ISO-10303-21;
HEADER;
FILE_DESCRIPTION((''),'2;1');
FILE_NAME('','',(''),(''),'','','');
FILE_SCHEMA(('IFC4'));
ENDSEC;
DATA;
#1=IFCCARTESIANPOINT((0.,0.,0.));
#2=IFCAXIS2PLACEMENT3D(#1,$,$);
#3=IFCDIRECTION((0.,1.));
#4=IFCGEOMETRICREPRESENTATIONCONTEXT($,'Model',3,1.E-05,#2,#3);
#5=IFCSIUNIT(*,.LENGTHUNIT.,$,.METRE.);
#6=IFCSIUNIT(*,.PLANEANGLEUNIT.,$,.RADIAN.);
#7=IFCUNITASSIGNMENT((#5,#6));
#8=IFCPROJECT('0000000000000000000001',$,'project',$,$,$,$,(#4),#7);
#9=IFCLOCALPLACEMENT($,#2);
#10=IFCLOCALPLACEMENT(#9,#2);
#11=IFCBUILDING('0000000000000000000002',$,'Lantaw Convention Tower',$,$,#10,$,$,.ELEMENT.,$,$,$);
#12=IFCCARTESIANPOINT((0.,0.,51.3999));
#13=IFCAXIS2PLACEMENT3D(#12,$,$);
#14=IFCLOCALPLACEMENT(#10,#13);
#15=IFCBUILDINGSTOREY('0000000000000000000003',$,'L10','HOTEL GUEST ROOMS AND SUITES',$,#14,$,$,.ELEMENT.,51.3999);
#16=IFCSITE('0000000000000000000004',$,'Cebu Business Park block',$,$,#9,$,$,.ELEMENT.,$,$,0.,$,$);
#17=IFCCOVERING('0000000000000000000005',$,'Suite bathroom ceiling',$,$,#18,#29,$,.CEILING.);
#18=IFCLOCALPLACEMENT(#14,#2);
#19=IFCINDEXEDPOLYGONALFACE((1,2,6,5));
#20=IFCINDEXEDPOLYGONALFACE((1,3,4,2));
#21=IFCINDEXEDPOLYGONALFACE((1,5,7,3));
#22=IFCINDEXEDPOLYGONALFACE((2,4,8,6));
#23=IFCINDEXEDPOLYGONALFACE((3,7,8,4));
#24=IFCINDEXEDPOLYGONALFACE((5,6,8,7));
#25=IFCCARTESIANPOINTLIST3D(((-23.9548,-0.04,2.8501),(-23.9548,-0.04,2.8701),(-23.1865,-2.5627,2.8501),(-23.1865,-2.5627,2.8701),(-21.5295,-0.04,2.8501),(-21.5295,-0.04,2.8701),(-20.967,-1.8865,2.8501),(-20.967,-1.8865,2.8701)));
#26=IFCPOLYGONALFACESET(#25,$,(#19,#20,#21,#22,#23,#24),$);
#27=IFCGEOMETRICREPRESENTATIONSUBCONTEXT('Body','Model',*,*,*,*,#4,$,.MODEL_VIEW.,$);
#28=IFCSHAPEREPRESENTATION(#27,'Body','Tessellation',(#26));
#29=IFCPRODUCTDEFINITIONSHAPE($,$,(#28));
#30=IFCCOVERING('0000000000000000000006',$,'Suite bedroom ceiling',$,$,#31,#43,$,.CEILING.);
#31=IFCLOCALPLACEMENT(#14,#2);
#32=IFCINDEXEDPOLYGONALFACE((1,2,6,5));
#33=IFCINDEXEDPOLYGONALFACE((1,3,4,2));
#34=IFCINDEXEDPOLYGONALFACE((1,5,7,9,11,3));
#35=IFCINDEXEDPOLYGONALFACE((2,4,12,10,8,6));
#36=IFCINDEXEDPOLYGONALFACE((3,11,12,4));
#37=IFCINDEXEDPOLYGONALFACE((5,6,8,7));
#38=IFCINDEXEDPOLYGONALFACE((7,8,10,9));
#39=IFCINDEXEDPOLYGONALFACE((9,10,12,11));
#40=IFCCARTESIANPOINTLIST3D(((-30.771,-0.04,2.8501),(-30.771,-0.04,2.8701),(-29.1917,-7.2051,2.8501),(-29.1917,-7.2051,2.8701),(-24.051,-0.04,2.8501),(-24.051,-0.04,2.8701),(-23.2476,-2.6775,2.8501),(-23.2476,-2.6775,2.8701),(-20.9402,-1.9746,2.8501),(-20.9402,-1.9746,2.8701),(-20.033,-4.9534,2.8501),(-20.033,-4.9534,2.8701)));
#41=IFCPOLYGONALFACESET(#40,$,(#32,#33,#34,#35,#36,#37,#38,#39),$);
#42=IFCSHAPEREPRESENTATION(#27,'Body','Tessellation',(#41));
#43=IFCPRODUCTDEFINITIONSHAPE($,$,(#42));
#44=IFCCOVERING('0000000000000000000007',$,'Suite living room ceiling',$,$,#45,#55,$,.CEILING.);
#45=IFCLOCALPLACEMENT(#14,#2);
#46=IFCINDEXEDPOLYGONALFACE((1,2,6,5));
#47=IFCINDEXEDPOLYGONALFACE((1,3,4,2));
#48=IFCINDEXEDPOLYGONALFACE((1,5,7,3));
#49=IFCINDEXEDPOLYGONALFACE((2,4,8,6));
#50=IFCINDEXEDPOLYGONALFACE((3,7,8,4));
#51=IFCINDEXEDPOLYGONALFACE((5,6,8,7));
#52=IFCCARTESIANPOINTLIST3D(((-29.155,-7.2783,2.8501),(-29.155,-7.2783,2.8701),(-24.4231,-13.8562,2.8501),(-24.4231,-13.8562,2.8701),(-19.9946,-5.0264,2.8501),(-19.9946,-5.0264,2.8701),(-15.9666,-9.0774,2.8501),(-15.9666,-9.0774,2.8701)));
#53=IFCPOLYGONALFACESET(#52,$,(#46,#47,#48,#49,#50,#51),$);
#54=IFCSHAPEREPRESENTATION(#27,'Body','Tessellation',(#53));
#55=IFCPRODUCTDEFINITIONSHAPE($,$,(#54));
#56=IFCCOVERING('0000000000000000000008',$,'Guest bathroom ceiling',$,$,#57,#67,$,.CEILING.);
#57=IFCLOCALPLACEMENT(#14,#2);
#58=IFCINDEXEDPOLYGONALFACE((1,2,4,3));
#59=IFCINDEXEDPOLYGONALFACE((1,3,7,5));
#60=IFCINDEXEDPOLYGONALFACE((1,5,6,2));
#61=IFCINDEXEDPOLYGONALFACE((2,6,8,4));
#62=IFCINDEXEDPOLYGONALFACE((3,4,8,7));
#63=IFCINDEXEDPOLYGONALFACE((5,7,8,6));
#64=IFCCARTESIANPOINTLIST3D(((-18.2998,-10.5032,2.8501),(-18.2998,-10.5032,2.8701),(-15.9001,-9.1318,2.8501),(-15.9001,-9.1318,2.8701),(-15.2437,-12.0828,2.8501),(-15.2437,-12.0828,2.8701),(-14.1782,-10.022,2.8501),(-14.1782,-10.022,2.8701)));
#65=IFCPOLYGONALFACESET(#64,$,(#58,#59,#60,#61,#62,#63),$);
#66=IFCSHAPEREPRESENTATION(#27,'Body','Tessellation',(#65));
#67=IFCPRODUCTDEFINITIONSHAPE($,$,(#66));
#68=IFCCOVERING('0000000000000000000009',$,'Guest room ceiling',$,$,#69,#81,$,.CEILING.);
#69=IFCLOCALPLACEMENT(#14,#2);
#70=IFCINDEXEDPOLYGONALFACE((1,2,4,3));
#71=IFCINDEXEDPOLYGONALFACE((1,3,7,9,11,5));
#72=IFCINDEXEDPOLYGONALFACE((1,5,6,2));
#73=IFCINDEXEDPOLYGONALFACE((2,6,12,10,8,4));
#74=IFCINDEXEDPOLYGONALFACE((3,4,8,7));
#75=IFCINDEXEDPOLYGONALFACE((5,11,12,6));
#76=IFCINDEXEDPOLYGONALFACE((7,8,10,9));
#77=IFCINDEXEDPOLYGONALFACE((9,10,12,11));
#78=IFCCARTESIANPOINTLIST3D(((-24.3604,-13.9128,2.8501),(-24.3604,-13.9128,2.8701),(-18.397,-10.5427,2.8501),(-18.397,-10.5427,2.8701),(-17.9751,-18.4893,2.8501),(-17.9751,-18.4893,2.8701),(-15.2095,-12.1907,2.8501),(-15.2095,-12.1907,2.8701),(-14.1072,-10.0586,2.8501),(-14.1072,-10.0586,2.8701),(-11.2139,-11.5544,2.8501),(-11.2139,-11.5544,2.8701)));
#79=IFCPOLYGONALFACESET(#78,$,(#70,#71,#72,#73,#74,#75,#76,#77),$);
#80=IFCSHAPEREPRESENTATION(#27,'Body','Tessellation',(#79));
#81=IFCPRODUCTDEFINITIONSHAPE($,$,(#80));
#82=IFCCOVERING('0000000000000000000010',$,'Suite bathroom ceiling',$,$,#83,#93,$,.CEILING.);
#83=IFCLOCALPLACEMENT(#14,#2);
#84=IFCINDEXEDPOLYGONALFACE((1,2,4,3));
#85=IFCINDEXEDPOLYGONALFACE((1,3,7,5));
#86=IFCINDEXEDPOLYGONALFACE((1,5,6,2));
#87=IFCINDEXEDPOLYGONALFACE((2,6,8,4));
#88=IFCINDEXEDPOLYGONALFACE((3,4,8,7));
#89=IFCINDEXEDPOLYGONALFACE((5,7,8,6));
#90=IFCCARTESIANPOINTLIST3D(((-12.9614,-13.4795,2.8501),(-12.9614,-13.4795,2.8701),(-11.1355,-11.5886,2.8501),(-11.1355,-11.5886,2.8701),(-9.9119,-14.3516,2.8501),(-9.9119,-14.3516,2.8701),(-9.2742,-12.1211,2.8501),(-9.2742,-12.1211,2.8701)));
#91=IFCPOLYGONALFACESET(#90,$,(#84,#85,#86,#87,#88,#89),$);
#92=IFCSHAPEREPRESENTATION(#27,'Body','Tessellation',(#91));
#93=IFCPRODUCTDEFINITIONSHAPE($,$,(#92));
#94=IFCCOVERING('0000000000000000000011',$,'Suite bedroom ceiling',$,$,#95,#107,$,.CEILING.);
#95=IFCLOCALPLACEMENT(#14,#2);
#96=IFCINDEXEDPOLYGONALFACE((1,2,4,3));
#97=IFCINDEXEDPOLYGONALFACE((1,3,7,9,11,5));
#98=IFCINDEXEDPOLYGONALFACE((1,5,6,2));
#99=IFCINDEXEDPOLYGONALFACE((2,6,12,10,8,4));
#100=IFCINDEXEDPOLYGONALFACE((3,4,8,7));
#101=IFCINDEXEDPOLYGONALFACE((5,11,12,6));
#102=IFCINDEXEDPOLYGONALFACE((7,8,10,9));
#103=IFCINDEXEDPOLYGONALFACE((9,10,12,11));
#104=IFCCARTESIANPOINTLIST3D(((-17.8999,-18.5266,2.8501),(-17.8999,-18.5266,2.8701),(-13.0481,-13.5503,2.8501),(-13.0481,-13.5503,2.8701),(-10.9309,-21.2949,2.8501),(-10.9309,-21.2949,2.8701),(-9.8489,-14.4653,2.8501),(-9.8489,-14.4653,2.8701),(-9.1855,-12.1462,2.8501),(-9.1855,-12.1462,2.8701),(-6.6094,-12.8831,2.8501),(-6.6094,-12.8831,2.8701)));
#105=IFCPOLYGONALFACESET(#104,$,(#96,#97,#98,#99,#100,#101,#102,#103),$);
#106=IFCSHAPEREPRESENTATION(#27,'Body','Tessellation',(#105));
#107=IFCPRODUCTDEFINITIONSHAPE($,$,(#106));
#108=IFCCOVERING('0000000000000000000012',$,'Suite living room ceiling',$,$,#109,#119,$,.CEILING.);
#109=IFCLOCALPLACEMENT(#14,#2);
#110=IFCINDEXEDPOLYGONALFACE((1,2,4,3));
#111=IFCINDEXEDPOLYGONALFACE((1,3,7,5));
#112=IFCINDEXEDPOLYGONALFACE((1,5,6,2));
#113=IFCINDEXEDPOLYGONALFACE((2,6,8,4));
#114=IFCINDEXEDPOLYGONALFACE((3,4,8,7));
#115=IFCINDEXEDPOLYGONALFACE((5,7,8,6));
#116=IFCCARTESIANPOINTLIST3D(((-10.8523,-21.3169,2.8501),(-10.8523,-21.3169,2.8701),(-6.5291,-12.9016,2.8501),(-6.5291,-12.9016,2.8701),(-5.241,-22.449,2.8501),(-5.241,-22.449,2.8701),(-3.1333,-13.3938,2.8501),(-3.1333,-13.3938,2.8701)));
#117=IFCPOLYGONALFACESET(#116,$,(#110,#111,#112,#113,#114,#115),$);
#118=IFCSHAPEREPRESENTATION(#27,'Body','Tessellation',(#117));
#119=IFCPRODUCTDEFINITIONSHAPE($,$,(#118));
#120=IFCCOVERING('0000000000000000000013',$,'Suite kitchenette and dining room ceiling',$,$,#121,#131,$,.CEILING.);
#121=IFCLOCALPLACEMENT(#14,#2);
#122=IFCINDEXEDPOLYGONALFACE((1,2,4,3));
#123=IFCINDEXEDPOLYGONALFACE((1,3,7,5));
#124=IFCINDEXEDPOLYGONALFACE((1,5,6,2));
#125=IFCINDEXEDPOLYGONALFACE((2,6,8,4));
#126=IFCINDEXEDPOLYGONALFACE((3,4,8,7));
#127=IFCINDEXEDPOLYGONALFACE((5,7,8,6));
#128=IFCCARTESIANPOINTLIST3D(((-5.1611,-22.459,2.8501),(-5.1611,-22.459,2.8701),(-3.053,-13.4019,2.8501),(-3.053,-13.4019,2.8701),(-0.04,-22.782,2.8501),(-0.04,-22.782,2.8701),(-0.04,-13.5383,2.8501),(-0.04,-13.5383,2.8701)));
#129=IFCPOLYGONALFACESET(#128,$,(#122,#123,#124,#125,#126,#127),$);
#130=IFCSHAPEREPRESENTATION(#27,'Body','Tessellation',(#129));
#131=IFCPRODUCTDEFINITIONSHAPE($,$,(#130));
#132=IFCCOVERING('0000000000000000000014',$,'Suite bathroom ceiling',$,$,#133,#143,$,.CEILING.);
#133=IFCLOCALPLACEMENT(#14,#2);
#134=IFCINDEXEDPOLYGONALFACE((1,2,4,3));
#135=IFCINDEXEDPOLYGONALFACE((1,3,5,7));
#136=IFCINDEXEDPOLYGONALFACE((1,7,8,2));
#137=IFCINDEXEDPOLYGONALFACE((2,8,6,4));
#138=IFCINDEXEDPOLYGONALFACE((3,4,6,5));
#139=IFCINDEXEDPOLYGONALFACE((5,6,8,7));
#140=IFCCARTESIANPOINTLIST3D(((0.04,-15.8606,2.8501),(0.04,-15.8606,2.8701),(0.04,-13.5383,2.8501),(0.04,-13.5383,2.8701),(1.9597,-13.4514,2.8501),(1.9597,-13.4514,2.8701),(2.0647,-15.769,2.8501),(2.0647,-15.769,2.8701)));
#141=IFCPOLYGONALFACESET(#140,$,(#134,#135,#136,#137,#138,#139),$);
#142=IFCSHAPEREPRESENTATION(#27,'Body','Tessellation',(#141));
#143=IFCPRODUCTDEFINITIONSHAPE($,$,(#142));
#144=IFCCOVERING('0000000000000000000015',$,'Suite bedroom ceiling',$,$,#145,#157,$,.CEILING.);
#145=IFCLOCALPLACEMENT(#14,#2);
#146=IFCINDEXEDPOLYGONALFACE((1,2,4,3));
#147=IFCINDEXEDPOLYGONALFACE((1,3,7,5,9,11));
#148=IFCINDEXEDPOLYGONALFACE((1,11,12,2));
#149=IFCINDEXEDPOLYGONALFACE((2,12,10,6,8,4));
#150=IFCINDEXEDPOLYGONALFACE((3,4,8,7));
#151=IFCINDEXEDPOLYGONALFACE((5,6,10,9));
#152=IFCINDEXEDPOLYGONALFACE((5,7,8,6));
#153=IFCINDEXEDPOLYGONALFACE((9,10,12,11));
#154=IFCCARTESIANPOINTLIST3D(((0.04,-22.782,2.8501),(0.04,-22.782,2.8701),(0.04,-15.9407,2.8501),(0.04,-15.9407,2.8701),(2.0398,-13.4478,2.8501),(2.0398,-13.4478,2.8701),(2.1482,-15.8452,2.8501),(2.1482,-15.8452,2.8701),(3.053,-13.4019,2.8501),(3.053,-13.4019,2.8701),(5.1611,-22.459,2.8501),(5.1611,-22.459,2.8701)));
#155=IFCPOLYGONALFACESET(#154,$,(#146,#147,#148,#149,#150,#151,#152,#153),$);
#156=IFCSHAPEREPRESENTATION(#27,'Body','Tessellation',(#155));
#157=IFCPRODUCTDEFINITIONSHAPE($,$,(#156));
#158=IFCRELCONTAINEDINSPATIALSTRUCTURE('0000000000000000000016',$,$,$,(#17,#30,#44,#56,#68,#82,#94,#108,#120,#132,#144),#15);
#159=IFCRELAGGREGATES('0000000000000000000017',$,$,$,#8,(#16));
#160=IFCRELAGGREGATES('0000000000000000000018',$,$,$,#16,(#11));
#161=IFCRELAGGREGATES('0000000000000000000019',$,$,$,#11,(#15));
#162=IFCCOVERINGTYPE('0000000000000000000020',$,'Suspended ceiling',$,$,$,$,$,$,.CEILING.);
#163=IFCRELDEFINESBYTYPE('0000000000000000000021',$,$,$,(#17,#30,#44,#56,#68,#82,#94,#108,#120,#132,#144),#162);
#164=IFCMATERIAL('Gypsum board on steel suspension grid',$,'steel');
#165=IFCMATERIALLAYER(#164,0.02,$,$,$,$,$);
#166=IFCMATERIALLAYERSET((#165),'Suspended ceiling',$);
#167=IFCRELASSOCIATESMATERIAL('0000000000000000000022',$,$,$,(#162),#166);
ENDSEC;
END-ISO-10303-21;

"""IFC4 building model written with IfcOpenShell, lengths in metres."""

from ifc_helpers import new_model, si_unit, direction, frame, origin, place, context, subcontext, project, spatial, polyline, outline, extrude, material, layer, layer_set, type_object, element, save


model = new_model("IFC4")

# Units and contexts
model_context = context("Model", 3, precision=1e-05, world=origin(), true_north=direction((0.0, 1.0)))
body_context = subcontext(model_context, "Body", "Model", "MODEL_VIEW")
ifc_project = project(units=[si_unit("LENGTHUNIT", "METRE"), si_unit("PLANEANGLEUNIT", "RADIAN")], contexts=[model_context])

# Site, building, storey
site_placement = place(None, origin())
site = spatial("IfcSite", under=ifc_project, at=site_placement, Name="Cebu Business Park block", CompositionType="ELEMENT", RefElevation=0.0)
building_placement = place(site_placement, origin())
building = spatial("IfcBuilding", under=site, at=building_placement, Name="Lantaw Convention Tower", CompositionType="ELEMENT")
storey_placement = place(building_placement, frame((0.0, 0.0, 51.3999)))
storey = spatial("IfcBuildingStorey", under=building, at=storey_placement, Name="L10", Description="HOTEL GUEST ROOMS AND SUITES", CompositionType="ELEMENT", Elevation=51.3999)

# Coverings
ifc_material_1 = material(Name="Gypsum board on steel suspension grid", Category="steel")
ifc_layer_1 = layer(ifc_material_1, 0.02)
ifc_layer_set_1 = layer_set([ifc_layer_1], Name="Suspended ceiling")
covering_type = type_object("IfcCoveringType", Name="Suspended ceiling", PredefinedType="CEILING", material=ifc_layer_set_1)
covering_1_placement = place(storey_placement, frame((0.0, 0.0, 2.8501)))
element("IfcCovering", 1, at=covering_1_placement, inside=storey, type_object=covering_type, Name="Suite bathroom ceiling", PredefinedType="CEILING", context=body_context, shape_type="SweptSolid", body=[
    extrude(outline(polyline([(-21.5295, -0.04), (-23.9548, -0.04), (-23.1865, -2.5627), (-20.967, -1.8865), (-21.5295, -0.04)])), origin(), (0.0, 0.0, 1.0), 0.02),
])
covering_2_placement = place(storey_placement, frame((0.0, 0.0, 2.8501)))
element("IfcCovering", 2, at=covering_2_placement, inside=storey, type_object=covering_type, Name="Suite bedroom ceiling", PredefinedType="CEILING", context=body_context, shape_type="SweptSolid", body=[
    extrude(outline(polyline([(-20.033, -4.9534), (-20.9402, -1.9746), (-23.2476, -2.6775), (-24.051, -0.04), (-30.771, -0.04), (-29.1917, -7.2051), (-20.033, -4.9534)])), origin(), (0.0, 0.0, 1.0), 0.02),
])
covering_3_placement = place(storey_placement, frame((0.0, 0.0, 2.8501)))
element("IfcCovering", 3, at=covering_3_placement, inside=storey, type_object=covering_type, Name="Suite living room ceiling", PredefinedType="CEILING", context=body_context, shape_type="SweptSolid", body=[
    extrude(outline(polyline([(-19.9946, -5.0264), (-29.155, -7.2783), (-24.4231, -13.8562), (-15.9666, -9.0774), (-19.9946, -5.0264)])), origin(), (0.0, 0.0, 1.0), 0.02),
])
covering_4_placement = place(storey_placement, frame((0.0, 0.0, 2.8501)))
element("IfcCovering", 4, at=covering_4_placement, inside=storey, type_object=covering_type, Name="Guest bathroom ceiling", PredefinedType="CEILING", context=body_context, shape_type="SweptSolid", body=[
    extrude(outline(polyline([(-15.9001, -9.1318), (-18.2998, -10.5032), (-15.2437, -12.0828), (-14.1782, -10.022), (-15.9001, -9.1318)])), origin(), (0.0, 0.0, 1.0), 0.02),
])
covering_5_placement = place(storey_placement, frame((0.0, 0.0, 2.8501)))
element("IfcCovering", 5, at=covering_5_placement, inside=storey, type_object=covering_type, Name="Guest room ceiling", PredefinedType="CEILING", context=body_context, shape_type="SweptSolid", body=[
    extrude(outline(polyline([(-18.397, -10.5427), (-24.3604, -13.9128), (-17.9751, -18.4893), (-11.2139, -11.5544), (-14.1072, -10.0586), (-15.2095, -12.1907), (-18.397, -10.5427)])), origin(), (0.0, 0.0, 1.0), 0.02),
])
covering_6_placement = place(storey_placement, frame((0.0, 0.0, 2.8501)))
element("IfcCovering", 6, at=covering_6_placement, inside=storey, type_object=covering_type, Name="Suite bathroom ceiling", PredefinedType="CEILING", context=body_context, shape_type="SweptSolid", body=[
    extrude(outline(polyline([(-11.1355, -11.5886), (-12.9614, -13.4795), (-9.9119, -14.3516), (-9.2742, -12.1211), (-11.1355, -11.5886)])), origin(), (0.0, 0.0, 1.0), 0.02),
])
covering_7_placement = place(storey_placement, frame((0.0, 0.0, 2.8501)))
element("IfcCovering", 7, at=covering_7_placement, inside=storey, type_object=covering_type, Name="Suite bedroom ceiling", PredefinedType="CEILING", context=body_context, shape_type="SweptSolid", body=[
    extrude(outline(polyline([(-13.0481, -13.5503), (-17.8999, -18.5266), (-10.9309, -21.2949), (-6.6094, -12.8831), (-9.1855, -12.1462), (-9.8489, -14.4653), (-13.0481, -13.5503)])), origin(), (0.0, 0.0, 1.0), 0.02),
])
covering_8_placement = place(storey_placement, frame((0.0, 0.0, 2.8501)))
element("IfcCovering", 8, at=covering_8_placement, inside=storey, type_object=covering_type, Name="Suite living room ceiling", PredefinedType="CEILING", context=body_context, shape_type="SweptSolid", body=[
    extrude(outline(polyline([(-6.5291, -12.9016), (-10.8523, -21.3169), (-5.241, -22.449), (-3.1333, -13.3938), (-6.5291, -12.9016)])), origin(), (0.0, 0.0, 1.0), 0.02),
])
covering_9_placement = place(storey_placement, frame((0.0, 0.0, 2.8501)))
element("IfcCovering", 9, at=covering_9_placement, inside=storey, type_object=covering_type, Name="Suite kitchenette and dining room ceiling", PredefinedType="CEILING", context=body_context, shape_type="SweptSolid", body=[
    extrude(outline(polyline([(-3.053, -13.4019), (-5.1611, -22.459), (-0.04, -22.782), (-0.04, -13.5383), (-3.053, -13.4019)])), origin(), (0.0, 0.0, 1.0), 0.02),
])
covering_10_placement = place(storey_placement, frame((0.0, 0.0, 2.8501)))
element("IfcCovering", 10, at=covering_10_placement, inside=storey, type_object=covering_type, Name="Suite bathroom ceiling", PredefinedType="CEILING", context=body_context, shape_type="SweptSolid", body=[
    extrude(outline(polyline([(0.04, -13.5383), (0.04, -15.8606), (2.0647, -15.769), (1.9597, -13.4514), (0.04, -13.5383)])), origin(), (0.0, 0.0, 1.0), 0.02),
])
covering_11_placement = place(storey_placement, frame((0.0, 0.0, 2.8501)))
element("IfcCovering", 11, at=covering_11_placement, inside=storey, type_object=covering_type, Name="Suite bedroom ceiling", PredefinedType="CEILING", context=body_context, shape_type="SweptSolid", body=[
    extrude(outline(polyline([(2.0398, -13.4478), (2.1482, -15.8452), (0.04, -15.9407), (0.04, -22.782), (5.1611, -22.459), (3.053, -13.4019), (2.0398, -13.4478)])), origin(), (0.0, 0.0, 1.0), 0.02),
])

save(model, "model.ifc")
